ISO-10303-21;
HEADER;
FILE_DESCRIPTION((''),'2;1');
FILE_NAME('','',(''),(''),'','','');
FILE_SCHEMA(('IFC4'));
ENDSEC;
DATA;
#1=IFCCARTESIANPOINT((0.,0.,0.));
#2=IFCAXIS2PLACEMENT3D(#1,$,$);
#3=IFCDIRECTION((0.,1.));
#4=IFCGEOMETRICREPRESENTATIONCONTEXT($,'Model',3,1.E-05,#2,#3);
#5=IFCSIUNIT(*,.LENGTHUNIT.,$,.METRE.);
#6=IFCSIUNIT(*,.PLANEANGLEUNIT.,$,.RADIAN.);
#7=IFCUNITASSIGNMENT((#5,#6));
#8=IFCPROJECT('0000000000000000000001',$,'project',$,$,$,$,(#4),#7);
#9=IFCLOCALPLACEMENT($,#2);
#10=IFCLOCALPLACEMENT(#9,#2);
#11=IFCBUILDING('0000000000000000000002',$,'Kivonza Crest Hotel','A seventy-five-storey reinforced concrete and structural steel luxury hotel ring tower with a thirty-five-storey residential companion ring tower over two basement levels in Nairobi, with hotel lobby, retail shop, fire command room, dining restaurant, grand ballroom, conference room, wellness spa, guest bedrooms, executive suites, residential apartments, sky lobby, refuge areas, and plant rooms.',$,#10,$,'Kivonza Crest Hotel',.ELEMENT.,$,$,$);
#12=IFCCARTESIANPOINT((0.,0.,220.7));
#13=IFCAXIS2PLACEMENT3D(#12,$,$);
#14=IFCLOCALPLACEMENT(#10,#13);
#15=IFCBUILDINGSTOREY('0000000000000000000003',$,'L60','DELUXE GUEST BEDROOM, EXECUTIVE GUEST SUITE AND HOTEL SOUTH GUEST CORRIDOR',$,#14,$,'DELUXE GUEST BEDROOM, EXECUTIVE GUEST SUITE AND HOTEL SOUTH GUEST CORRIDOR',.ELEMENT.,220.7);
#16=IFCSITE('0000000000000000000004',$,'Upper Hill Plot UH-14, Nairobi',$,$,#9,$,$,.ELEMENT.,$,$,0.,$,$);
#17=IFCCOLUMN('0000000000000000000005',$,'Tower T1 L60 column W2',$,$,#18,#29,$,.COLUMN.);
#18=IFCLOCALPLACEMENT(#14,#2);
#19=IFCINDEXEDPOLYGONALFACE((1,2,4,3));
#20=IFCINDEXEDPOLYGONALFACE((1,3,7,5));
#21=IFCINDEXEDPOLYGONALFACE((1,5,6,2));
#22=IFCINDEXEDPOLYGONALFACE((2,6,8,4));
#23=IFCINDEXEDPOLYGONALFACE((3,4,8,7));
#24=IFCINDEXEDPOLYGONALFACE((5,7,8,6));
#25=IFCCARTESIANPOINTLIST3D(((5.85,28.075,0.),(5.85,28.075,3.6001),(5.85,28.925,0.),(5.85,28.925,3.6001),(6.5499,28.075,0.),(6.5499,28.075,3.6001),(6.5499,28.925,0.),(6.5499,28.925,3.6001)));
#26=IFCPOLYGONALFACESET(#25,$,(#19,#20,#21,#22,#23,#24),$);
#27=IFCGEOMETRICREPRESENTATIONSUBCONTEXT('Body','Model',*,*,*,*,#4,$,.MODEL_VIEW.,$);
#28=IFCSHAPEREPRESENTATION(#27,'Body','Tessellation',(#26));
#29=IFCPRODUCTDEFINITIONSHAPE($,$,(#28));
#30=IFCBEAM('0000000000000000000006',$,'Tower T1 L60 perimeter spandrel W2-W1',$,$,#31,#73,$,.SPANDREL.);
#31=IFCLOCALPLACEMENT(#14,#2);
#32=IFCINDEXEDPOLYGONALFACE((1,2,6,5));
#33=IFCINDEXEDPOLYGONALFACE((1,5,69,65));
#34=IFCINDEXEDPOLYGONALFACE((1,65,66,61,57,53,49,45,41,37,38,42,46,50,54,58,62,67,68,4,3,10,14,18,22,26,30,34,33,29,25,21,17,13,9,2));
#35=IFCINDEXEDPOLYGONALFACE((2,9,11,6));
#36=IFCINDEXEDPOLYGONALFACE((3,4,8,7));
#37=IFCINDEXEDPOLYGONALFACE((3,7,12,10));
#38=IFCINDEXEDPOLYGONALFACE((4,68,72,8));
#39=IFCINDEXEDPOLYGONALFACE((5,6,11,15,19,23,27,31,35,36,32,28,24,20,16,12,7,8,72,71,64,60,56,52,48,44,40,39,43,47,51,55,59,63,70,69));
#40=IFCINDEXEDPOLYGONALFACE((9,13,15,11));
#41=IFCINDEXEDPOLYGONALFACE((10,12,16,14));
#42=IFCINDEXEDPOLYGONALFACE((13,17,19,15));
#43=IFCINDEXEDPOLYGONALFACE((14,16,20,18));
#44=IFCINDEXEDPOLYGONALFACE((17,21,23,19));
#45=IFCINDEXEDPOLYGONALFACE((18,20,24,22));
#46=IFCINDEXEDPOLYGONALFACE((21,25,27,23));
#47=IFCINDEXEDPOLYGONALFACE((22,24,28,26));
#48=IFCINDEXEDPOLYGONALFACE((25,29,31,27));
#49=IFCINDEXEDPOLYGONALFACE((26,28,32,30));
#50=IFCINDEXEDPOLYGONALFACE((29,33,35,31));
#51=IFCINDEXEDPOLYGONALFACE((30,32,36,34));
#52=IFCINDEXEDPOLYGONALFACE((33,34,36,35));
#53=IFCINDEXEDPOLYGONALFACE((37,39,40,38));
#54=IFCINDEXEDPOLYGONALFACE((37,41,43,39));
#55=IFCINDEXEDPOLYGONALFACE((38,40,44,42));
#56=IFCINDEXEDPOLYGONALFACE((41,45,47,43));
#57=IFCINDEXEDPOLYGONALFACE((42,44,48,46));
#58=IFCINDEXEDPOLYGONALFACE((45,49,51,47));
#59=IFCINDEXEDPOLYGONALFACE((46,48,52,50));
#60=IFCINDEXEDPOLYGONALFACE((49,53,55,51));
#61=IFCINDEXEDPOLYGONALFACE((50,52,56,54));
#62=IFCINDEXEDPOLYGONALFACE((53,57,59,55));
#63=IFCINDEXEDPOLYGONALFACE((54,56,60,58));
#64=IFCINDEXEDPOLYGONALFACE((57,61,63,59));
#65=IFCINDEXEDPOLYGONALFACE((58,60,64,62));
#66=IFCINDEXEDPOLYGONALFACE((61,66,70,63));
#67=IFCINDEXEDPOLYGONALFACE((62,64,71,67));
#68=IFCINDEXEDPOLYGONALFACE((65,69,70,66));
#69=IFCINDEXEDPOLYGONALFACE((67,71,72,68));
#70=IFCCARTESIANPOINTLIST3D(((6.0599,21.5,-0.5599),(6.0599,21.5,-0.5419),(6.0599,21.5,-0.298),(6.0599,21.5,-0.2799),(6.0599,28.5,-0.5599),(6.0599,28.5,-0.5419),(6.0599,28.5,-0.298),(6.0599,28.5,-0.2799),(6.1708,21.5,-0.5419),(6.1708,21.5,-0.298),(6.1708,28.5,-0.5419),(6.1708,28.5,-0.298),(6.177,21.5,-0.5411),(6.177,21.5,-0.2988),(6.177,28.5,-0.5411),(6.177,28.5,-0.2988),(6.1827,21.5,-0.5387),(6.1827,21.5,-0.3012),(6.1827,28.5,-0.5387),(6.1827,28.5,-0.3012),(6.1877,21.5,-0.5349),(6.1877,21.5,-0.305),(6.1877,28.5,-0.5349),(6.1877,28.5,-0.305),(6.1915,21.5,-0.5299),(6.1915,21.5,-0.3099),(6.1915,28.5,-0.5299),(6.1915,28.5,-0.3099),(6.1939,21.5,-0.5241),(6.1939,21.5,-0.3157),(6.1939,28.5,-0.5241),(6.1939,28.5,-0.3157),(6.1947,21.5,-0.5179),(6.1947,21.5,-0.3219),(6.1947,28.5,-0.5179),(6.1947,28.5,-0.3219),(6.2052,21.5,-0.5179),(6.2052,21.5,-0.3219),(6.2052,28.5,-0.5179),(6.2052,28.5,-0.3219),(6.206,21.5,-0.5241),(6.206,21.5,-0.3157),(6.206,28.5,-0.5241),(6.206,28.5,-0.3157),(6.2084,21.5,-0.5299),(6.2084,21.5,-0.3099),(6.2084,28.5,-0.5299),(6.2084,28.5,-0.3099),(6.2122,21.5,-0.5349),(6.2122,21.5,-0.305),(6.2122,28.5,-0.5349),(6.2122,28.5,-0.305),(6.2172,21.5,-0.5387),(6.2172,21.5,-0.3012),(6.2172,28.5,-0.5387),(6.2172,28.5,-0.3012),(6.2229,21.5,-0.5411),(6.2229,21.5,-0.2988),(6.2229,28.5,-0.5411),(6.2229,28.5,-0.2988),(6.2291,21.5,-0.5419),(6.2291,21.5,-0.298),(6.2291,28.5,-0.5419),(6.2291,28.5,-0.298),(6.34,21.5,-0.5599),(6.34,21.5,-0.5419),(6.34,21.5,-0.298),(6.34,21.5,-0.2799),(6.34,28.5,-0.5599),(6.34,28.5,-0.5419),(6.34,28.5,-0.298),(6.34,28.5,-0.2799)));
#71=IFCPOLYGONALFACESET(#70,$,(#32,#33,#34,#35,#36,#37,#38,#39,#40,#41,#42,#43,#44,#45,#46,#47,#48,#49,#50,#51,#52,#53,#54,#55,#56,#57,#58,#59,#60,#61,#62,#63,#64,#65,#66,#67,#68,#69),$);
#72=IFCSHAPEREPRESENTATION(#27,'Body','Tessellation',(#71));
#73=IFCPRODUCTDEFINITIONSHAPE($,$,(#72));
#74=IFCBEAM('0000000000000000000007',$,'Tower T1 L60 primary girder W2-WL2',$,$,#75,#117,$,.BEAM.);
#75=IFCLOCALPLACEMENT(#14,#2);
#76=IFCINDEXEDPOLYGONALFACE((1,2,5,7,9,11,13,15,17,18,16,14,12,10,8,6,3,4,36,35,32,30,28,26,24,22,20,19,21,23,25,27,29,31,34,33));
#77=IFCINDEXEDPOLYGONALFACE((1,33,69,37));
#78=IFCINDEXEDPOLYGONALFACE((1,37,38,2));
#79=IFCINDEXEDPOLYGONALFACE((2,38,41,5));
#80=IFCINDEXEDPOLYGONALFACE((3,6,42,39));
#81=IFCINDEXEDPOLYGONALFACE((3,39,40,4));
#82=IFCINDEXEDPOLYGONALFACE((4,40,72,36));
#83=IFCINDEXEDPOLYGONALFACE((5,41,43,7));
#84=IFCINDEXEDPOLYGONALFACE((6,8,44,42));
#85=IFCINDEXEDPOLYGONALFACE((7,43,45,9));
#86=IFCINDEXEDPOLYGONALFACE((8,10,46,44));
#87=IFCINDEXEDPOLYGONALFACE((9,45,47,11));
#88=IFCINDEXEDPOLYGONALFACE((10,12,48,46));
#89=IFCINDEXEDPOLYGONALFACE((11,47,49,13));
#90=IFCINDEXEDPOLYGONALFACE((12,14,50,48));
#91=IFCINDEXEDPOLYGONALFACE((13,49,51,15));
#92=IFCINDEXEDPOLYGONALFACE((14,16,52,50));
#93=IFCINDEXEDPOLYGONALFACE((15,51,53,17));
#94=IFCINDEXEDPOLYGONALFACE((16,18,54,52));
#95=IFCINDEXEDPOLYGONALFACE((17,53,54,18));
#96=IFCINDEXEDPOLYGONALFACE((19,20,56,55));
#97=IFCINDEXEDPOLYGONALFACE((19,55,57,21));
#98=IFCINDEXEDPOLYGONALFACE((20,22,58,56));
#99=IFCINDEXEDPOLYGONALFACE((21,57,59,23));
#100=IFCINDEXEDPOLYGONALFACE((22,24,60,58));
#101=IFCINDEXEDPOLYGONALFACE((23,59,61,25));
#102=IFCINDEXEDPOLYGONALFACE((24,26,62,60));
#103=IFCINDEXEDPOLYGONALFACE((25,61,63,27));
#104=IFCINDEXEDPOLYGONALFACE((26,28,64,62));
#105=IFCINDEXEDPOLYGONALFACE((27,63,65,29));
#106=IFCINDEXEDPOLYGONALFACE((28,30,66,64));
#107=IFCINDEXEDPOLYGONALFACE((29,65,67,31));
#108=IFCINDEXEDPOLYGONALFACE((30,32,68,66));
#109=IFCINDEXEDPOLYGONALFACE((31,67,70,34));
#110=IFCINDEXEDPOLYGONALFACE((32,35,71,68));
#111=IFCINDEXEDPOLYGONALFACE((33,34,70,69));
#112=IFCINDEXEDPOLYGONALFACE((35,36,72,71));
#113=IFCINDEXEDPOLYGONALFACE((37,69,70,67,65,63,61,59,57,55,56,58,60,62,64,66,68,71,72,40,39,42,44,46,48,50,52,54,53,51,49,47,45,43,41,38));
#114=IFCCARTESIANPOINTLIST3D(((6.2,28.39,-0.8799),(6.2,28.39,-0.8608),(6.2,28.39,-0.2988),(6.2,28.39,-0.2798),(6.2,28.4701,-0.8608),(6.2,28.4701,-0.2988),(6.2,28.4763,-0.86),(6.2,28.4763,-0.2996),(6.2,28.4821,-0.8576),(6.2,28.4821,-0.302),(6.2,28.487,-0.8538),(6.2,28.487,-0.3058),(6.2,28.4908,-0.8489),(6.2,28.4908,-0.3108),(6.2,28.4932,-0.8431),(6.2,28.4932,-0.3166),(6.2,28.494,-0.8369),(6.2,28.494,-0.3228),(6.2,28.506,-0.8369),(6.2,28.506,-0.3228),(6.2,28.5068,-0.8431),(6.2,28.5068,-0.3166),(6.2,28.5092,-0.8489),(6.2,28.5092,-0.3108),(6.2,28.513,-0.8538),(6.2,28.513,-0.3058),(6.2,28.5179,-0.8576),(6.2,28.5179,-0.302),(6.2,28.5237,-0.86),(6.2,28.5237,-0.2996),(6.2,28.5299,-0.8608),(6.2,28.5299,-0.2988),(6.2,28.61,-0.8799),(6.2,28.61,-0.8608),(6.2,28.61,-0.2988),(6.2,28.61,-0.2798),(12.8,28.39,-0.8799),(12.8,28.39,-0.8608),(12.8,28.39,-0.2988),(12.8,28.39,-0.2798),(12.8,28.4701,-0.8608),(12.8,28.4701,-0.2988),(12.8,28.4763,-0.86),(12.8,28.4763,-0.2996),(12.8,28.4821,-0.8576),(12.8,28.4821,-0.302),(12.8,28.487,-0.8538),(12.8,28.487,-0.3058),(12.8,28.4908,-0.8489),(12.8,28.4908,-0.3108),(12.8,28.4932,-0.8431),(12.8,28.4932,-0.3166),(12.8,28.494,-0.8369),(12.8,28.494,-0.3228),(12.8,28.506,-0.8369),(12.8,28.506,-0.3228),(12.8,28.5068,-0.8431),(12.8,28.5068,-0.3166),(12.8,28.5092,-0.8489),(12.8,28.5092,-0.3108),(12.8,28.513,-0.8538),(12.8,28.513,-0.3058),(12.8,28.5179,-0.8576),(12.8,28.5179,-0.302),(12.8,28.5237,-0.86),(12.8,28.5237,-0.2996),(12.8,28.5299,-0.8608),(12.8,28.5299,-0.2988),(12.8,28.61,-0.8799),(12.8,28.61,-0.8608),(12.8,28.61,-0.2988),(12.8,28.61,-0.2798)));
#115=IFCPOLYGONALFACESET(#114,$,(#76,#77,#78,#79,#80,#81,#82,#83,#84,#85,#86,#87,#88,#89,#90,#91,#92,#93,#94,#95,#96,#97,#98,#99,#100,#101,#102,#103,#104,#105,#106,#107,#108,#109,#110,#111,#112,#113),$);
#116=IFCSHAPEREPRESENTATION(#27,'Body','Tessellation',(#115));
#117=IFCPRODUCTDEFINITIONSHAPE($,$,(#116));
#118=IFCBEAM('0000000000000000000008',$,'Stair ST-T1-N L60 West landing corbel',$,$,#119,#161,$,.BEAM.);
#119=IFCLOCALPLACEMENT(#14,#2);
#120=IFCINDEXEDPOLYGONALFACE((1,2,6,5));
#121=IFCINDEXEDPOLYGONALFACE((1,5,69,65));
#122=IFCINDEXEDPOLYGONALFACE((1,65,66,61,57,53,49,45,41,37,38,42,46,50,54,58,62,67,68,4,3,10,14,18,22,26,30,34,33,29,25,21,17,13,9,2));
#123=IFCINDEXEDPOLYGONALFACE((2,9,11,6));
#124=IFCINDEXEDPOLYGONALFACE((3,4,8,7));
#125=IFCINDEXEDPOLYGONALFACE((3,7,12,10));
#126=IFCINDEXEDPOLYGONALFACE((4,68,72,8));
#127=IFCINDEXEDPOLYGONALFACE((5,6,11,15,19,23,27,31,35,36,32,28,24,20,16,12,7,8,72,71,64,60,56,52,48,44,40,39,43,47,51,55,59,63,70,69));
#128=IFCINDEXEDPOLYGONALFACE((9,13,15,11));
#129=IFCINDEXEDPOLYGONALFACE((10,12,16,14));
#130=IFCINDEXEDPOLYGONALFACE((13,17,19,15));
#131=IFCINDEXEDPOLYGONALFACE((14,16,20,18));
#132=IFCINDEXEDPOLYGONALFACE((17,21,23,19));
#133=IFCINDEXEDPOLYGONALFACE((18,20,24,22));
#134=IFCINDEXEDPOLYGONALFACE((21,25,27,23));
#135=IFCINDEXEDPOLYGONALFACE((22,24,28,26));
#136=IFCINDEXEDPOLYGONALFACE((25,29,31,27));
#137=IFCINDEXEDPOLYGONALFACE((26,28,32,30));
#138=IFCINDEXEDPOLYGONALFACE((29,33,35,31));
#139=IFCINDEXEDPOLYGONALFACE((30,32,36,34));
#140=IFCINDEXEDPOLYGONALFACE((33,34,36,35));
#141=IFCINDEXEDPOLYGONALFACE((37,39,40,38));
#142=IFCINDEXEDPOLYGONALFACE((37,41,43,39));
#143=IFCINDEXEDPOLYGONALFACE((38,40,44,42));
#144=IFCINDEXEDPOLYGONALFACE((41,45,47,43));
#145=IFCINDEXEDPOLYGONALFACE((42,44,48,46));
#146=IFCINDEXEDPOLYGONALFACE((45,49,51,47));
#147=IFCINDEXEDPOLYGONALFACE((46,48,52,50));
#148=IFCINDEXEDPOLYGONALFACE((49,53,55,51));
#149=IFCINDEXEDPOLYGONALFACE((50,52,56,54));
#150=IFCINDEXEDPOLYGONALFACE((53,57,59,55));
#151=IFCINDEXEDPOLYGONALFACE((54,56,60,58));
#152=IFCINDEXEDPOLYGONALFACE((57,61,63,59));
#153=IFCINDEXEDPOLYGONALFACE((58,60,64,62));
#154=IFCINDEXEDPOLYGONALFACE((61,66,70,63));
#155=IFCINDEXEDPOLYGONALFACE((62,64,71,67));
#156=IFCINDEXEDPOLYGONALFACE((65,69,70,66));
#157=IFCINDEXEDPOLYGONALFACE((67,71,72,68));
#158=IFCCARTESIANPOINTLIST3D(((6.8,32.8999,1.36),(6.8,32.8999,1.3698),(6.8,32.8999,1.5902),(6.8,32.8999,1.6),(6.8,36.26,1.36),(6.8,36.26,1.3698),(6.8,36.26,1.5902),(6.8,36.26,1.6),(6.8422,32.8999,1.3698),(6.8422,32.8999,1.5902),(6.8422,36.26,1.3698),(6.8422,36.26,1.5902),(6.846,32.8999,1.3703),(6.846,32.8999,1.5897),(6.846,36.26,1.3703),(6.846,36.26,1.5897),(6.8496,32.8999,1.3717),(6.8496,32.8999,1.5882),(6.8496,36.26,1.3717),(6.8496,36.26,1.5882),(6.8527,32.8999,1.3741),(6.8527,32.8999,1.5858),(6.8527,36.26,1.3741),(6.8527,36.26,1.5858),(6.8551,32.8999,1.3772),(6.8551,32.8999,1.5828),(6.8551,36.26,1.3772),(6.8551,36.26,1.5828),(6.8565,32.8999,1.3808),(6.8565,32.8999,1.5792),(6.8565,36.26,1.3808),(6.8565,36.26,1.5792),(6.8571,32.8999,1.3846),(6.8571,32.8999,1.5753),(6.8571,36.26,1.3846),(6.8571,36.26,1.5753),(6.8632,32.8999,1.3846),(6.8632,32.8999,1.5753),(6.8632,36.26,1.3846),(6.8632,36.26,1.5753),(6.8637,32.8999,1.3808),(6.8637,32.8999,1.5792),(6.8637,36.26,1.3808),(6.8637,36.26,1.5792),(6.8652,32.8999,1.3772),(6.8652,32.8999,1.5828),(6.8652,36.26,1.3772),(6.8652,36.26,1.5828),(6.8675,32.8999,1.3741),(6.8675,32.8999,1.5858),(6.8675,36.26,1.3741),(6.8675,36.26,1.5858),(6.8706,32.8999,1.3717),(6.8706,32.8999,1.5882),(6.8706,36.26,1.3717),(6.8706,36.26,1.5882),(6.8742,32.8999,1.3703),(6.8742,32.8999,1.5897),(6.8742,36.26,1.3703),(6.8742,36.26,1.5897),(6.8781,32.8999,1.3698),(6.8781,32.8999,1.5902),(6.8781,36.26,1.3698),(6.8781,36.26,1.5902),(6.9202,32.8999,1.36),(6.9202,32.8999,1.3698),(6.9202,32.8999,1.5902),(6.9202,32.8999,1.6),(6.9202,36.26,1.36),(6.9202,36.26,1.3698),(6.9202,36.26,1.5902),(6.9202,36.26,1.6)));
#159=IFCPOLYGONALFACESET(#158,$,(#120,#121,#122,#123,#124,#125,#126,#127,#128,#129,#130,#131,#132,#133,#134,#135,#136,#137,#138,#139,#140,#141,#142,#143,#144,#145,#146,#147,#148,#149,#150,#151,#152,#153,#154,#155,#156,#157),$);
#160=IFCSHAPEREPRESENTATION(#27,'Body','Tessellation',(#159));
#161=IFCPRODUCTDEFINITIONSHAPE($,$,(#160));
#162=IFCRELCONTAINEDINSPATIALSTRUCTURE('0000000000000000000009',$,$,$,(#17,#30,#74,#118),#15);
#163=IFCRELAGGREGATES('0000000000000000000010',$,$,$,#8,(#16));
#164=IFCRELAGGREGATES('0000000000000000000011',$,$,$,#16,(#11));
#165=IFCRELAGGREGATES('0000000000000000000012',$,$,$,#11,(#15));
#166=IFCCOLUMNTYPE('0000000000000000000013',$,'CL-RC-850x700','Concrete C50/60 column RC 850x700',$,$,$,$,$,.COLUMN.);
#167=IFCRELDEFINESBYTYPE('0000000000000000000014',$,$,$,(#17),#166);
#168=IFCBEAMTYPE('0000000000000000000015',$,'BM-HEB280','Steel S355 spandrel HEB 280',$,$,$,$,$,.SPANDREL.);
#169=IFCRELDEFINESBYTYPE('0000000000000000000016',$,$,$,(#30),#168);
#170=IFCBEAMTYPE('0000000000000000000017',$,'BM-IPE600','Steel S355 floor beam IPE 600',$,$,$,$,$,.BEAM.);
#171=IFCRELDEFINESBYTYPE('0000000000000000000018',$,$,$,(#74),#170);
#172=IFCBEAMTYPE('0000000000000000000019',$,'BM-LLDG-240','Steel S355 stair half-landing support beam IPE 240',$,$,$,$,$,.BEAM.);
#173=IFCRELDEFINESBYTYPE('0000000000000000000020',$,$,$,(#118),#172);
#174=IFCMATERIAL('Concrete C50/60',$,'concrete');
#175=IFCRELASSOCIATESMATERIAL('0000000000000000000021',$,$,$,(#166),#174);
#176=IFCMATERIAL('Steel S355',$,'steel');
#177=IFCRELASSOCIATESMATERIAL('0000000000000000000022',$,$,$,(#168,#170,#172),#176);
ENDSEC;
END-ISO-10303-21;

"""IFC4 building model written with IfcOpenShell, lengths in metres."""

from ifc_helpers import new_model, si_unit, direction, frame, origin, origin_2d, place, context, subcontext, project, spatial, rectangle, i_section, extrude, material, material_profile, profile_set, type_object, element, save


model = new_model("IFC4")

# Units and contexts
model_context = context("Model", 3, precision=1e-05, world=origin(), true_north=direction((0.0, 1.0)))
body_context = subcontext(model_context, "Body", "Model", "MODEL_VIEW")
ifc_project = project(units=[si_unit("LENGTHUNIT", "METRE"), si_unit("PLANEANGLEUNIT", "RADIAN")], contexts=[model_context])

# Site, building, storey
site_placement = place(None, origin())
site = spatial("IfcSite", under=ifc_project, at=site_placement, Name="Upper Hill Plot UH-14, Nairobi", CompositionType="ELEMENT", RefElevation=0.0)
building_placement = place(site_placement, origin())
building = spatial("IfcBuilding", under=site, at=building_placement, Name="Kivonza Crest Hotel", Description="A seventy-five-storey reinforced concrete and structural steel luxury hotel ring tower with a thirty-five-storey residential companion ring tower over two basement levels in Nairobi, with hotel lobby, retail shop, fire command room, dining restaurant, grand ballroom, conference room, wellness spa, guest bedrooms, executive suites, residential apartments, sky lobby, refuge areas, and plant rooms.", LongName="Kivonza Crest Hotel", CompositionType="ELEMENT")
storey_placement = place(building_placement, frame((0.0, 0.0, 220.7)))
storey = spatial("IfcBuildingStorey", under=building, at=storey_placement, Name="L60", Description="DELUXE GUEST BEDROOM, EXECUTIVE GUEST SUITE AND HOTEL SOUTH GUEST CORRIDOR", LongName="DELUXE GUEST BEDROOM, EXECUTIVE GUEST SUITE AND HOTEL SOUTH GUEST CORRIDOR", CompositionType="ELEMENT", Elevation=220.7)

# Column
ifc_material_1 = material(Name="Concrete C50/60", Category="concrete")
ifc_material_profile_1 = material_profile(ifc_material_1, rectangle(XDim=0.7, YDim=0.8501, at=origin_2d()), Name="RC 850x700")
ifc_profile_set_1 = profile_set([ifc_material_profile_1], Name="Concrete C50/60")
column_type = type_object("IfcColumnType", Name="CL-RC-850x700", Description="Concrete C50/60 column RC 850x700", PredefinedType="COLUMN", material=ifc_profile_set_1)
column_placement = place(storey_placement, frame((6.2, 28.5, 0.0), z_axis=(0.0, 0.0, 1.0), x_axis=(1.0, 0.0, 0.0)))
element("IfcColumn", 1, at=column_placement, inside=storey, type_object=column_type, Name="Tower T1 L60 column W2", PredefinedType="COLUMN", context=body_context, shape_type="SweptSolid", body=[
    extrude(rectangle(XDim=0.7, YDim=0.8501, at=origin_2d()), origin(), (0.0, 0.0, 1.0), 3.6001),
])

# Beams
ifc_material_2 = material(Name="Steel S355", Category="steel")
ifc_material_profile_2 = material_profile(ifc_material_2, i_section(OverallWidth=0.28, OverallDepth=0.28, WebThickness=0.0105, FlangeThickness=0.0181, FilletRadius=0.0239, at=origin_2d()), Name="HEB 280")
ifc_profile_set_2 = profile_set([ifc_material_profile_2], Name="Steel S355")
beam_type_1 = type_object("IfcBeamType", Name="BM-HEB280", Description="Steel S355 spandrel HEB 280", PredefinedType="SPANDREL", material=ifc_profile_set_2)
beam_1_placement = place(storey_placement, frame((6.2, 28.5, -0.4199), z_axis=(0.0, -1.0, 0.0), x_axis=(1.0, 0.0, 0.0)))
element("IfcBeam", 2, at=beam_1_placement, inside=storey, type_object=beam_type_1, Name="Tower T1 L60 perimeter spandrel W2-W1", PredefinedType="SPANDREL", context=body_context, shape_type="SweptSolid", body=[
    extrude(i_section(OverallWidth=0.28, OverallDepth=0.28, WebThickness=0.0105, FlangeThickness=0.0181, FilletRadius=0.0239, at=origin_2d()), origin(), (0.0, 0.0, 1.0), 7.0),
])
ifc_material_profile_3 = material_profile(ifc_material_2, i_section(OverallWidth=0.22, OverallDepth=0.6001, WebThickness=0.012, FlangeThickness=0.019, FilletRadius=0.0239, at=origin_2d()), Name="IPE 600")
ifc_profile_set_3 = profile_set([ifc_material_profile_3], Name="Steel S355")
beam_type_2 = type_object("IfcBeamType", Name="BM-IPE600", Description="Steel S355 floor beam IPE 600", PredefinedType="BEAM", material=ifc_profile_set_3)
beam_2_placement = place(storey_placement, frame((6.2, 28.5, -0.5798), z_axis=(1.0, 0.0, 0.0), x_axis=(0.0, 1.0, 0.0)))
element("IfcBeam", 3, at=beam_2_placement, inside=storey, type_object=beam_type_2, Name="Tower T1 L60 primary girder W2-WL2", PredefinedType="BEAM", context=body_context, shape_type="SweptSolid", body=[
    extrude(i_section(OverallWidth=0.22, OverallDepth=0.6001, WebThickness=0.012, FlangeThickness=0.019, FilletRadius=0.0239, at=origin_2d()), origin(), (0.0, 0.0, 1.0), 6.6001),
])
ifc_material_profile_4 = material_profile(ifc_material_2, i_section(OverallWidth=0.1201, OverallDepth=0.24, WebThickness=0.0061, FlangeThickness=0.0098, FilletRadius=0.0149, at=origin_2d()), Name="IPE 240")
ifc_profile_set_4 = profile_set([ifc_material_profile_4], Name="Steel S355")
beam_type_3 = type_object("IfcBeamType", Name="BM-LLDG-240", Description="Steel S355 stair half-landing support beam IPE 240", PredefinedType="BEAM", material=ifc_profile_set_4)
beam_3_placement = place(storey_placement, frame((6.8601, 32.8999, 1.48), z_axis=(0.0, 1.0, 0.0), x_axis=(-1.0, 0.0, 0.0)))
element("IfcBeam", 4, at=beam_3_placement, inside=storey, type_object=beam_type_3, Name="Stair ST-T1-N L60 West landing corbel", PredefinedType="BEAM", context=body_context, shape_type="SweptSolid", body=[
    extrude(i_section(OverallWidth=0.1201, OverallDepth=0.24, WebThickness=0.0061, FlangeThickness=0.0098, FilletRadius=0.0149, at=origin_2d()), origin(), (0.0, 0.0, 1.0), 3.3601),
])

save(model, "model.ifc")
